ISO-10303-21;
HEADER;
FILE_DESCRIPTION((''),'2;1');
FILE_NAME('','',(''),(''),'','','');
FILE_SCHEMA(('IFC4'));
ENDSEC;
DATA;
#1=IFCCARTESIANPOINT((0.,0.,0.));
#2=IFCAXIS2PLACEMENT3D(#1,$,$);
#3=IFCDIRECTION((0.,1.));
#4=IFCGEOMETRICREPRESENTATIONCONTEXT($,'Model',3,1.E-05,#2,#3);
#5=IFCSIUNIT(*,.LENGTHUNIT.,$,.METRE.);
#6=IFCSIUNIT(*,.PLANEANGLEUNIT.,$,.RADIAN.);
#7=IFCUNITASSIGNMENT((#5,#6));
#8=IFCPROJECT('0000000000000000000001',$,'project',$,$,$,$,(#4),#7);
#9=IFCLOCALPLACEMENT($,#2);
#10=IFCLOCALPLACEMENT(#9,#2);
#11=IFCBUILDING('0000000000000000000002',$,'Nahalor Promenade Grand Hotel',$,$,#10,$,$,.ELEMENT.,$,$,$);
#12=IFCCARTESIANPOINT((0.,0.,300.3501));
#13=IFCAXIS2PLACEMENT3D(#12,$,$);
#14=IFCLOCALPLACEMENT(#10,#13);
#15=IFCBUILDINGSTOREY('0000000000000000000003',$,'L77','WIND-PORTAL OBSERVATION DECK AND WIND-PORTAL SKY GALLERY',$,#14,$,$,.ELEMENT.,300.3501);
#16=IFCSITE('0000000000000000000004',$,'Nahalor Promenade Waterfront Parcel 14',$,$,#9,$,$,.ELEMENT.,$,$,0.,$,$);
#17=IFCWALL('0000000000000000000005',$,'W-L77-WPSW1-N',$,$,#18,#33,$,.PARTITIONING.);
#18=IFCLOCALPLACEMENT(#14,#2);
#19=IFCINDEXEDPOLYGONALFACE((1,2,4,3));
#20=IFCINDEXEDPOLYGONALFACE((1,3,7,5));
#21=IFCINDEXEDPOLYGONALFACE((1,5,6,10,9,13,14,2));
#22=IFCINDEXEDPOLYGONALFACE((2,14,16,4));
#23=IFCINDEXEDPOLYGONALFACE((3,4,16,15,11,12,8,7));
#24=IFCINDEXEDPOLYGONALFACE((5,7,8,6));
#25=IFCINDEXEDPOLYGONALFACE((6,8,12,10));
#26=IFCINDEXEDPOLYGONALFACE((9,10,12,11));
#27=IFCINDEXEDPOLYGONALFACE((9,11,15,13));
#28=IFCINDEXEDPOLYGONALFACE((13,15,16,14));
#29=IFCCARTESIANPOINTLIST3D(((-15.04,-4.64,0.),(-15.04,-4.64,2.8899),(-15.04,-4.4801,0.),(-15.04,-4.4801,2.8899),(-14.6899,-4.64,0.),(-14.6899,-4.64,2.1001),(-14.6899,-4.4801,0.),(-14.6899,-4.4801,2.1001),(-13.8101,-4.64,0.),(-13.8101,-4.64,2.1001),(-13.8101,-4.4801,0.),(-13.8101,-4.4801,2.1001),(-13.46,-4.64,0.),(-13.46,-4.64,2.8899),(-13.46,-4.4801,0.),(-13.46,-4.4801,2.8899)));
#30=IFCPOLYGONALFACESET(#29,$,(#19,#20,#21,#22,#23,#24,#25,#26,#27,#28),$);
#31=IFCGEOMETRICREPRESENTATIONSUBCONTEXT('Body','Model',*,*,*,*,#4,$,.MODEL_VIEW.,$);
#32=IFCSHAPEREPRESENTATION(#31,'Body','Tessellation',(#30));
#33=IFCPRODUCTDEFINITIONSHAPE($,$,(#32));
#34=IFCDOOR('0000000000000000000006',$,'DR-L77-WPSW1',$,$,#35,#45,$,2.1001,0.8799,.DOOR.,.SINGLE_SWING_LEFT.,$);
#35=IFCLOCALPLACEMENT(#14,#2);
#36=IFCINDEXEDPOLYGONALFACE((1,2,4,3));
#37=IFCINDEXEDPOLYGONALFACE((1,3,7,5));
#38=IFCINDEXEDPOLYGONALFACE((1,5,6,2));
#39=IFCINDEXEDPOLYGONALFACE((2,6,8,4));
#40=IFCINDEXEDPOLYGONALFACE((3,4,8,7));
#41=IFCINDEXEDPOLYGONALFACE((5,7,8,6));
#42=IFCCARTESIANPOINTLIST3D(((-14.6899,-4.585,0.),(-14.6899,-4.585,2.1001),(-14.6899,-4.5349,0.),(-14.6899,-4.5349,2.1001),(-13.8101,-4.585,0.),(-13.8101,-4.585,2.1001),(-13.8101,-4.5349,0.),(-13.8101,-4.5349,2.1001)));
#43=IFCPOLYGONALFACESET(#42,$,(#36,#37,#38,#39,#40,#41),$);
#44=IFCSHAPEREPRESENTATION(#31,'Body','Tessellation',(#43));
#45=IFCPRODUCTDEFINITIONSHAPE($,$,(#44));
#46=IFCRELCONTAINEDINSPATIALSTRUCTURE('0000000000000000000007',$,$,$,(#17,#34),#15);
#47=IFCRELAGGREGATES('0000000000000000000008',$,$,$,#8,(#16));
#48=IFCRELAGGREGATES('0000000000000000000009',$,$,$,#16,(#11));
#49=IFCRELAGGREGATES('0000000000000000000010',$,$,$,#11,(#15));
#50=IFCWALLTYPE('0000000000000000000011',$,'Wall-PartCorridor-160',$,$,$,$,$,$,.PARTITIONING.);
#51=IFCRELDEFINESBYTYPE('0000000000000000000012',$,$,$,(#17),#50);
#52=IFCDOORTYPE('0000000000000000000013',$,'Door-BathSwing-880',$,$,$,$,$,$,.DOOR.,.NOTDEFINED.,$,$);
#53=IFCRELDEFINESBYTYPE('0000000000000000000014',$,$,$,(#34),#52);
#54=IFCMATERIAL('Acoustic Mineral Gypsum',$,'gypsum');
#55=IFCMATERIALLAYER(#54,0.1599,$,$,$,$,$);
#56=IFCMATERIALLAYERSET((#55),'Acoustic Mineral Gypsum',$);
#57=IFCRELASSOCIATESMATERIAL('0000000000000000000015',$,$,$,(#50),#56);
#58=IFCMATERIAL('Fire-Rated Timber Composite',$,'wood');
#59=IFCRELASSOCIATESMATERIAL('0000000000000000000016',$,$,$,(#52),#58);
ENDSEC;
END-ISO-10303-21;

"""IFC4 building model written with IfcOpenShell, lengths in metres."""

from ifc_helpers import new_model, si_unit, direction, frame, frame_2d, origin, place, context, subcontext, project, spatial, rectangle, extrude, source, transform, mapped, material, layer, layer_set, type_object, element, fill, save


model = new_model("IFC4")

# Units and contexts
model_context = context("Model", 3, precision=1e-05, world=origin(), true_north=direction((0.0, 1.0)))
body_context = subcontext(model_context, "Body", "Model", "MODEL_VIEW")
ifc_project = project(units=[si_unit("LENGTHUNIT", "METRE"), si_unit("PLANEANGLEUNIT", "RADIAN")], contexts=[model_context])

# Site, building, storey
site_placement = place(None, origin())
site = spatial("IfcSite", under=ifc_project, at=site_placement, Name="Nahalor Promenade Waterfront Parcel 14", CompositionType="ELEMENT", RefElevation=0.0)
building_placement = place(site_placement, origin())
building = spatial("IfcBuilding", under=site, at=building_placement, Name="Nahalor Promenade Grand Hotel", CompositionType="ELEMENT")
storey_placement = place(building_placement, frame((0.0, 0.0, 300.3501)))
storey = spatial("IfcBuildingStorey", under=building, at=storey_placement, Name="L77", Description="WIND-PORTAL OBSERVATION DECK AND WIND-PORTAL SKY GALLERY", CompositionType="ELEMENT", Elevation=300.3501)

# Wall, opening, door
ifc_material_1 = material(Name="Acoustic Mineral Gypsum", Category="gypsum")
ifc_layer_1 = layer(ifc_material_1, 0.1599)
ifc_layer_set_1 = layer_set([ifc_layer_1], Name="Acoustic Mineral Gypsum")
wall_type_1 = type_object("IfcWallType", Name="Wall-PartCorridor-160", PredefinedType="PARTITIONING", material=ifc_layer_set_1)
shared_shape_1 = source(origin(), body_context, "Body", "SweptSolid", [
    extrude(rectangle(XDim=1.5801, YDim=0.1599, at=frame_2d((0.79, 0.0))), origin(), (0.0, 0.0, 1.0), 2.8899),
])
wall_1_placement = place(storey_placement, frame((-15.04, -4.5601, 0.0), z_axis=(0.0, 0.0, 1.0), x_axis=(1.0, 0.0, 0.0)))
wall_1 = element("IfcWall", 1, at=wall_1_placement, inside=storey, type_object=wall_type_1, Name="W-L77-WPSW1-N", PredefinedType="PARTITIONING", context=body_context, shape_type="MappedRepresentation", body=[
    mapped(shared_shape_1, transform((0.0, 0.0, 0.0), scale=1.0)),
])
opening_placement = place(wall_1_placement, frame((0.3501, 0.0, 0.0)))
opening = element("IfcOpeningElement", 2, at=opening_placement, cuts=wall_1, PredefinedType="OPENING", context=body_context, shape_type="SweptSolid", body=[
    extrude(rectangle(XDim=0.8799, YDim=2.1001, at=frame_2d((0.4399, 1.05))), frame((0.0, 0.0898, 0.0), z_axis=(0.0, -1.0, 0.0), x_axis=(1.0, 0.0, 0.0)), (0.0, 0.0, 1.0), 0.1799),
])
ifc_material_2 = material(Name="Fire-Rated Timber Composite", Category="wood")
door_type = type_object("IfcDoorType", Name="Door-BathSwing-880", OperationType="NOTDEFINED", PredefinedType="DOOR", material=ifc_material_2)
shared_shape_2 = source(origin(), body_context, "Body", "SweptSolid", [
    extrude(rectangle(XDim=0.8799, YDim=2.1001, at=frame_2d((0.4399, 1.05))), frame((0.0, 0.0249, 0.0), z_axis=(0.0, -1.0, 0.0), x_axis=(1.0, 0.0, 0.0)), (0.0, 0.0, 1.0), 0.05),
])
door_placement = place(opening_placement, frame((0.8799, 0.0, 0.0), z_axis=(0.0, 0.0, 1.0), x_axis=(-1.0, 0.0, 0.0)))
door = element("IfcDoor", 3, at=door_placement, inside=storey, type_object=door_type, Name="DR-L77-WPSW1", OperationType="SINGLE_SWING_LEFT", OverallHeight=2.1001, OverallWidth=0.8799, PredefinedType="DOOR", context=body_context, shape_type="MappedRepresentation", body=[
    mapped(shared_shape_2, transform((0.0, 0.0, 0.0), scale=1.0)),
])
fill(opening, door)

save(model, "model.ifc")
